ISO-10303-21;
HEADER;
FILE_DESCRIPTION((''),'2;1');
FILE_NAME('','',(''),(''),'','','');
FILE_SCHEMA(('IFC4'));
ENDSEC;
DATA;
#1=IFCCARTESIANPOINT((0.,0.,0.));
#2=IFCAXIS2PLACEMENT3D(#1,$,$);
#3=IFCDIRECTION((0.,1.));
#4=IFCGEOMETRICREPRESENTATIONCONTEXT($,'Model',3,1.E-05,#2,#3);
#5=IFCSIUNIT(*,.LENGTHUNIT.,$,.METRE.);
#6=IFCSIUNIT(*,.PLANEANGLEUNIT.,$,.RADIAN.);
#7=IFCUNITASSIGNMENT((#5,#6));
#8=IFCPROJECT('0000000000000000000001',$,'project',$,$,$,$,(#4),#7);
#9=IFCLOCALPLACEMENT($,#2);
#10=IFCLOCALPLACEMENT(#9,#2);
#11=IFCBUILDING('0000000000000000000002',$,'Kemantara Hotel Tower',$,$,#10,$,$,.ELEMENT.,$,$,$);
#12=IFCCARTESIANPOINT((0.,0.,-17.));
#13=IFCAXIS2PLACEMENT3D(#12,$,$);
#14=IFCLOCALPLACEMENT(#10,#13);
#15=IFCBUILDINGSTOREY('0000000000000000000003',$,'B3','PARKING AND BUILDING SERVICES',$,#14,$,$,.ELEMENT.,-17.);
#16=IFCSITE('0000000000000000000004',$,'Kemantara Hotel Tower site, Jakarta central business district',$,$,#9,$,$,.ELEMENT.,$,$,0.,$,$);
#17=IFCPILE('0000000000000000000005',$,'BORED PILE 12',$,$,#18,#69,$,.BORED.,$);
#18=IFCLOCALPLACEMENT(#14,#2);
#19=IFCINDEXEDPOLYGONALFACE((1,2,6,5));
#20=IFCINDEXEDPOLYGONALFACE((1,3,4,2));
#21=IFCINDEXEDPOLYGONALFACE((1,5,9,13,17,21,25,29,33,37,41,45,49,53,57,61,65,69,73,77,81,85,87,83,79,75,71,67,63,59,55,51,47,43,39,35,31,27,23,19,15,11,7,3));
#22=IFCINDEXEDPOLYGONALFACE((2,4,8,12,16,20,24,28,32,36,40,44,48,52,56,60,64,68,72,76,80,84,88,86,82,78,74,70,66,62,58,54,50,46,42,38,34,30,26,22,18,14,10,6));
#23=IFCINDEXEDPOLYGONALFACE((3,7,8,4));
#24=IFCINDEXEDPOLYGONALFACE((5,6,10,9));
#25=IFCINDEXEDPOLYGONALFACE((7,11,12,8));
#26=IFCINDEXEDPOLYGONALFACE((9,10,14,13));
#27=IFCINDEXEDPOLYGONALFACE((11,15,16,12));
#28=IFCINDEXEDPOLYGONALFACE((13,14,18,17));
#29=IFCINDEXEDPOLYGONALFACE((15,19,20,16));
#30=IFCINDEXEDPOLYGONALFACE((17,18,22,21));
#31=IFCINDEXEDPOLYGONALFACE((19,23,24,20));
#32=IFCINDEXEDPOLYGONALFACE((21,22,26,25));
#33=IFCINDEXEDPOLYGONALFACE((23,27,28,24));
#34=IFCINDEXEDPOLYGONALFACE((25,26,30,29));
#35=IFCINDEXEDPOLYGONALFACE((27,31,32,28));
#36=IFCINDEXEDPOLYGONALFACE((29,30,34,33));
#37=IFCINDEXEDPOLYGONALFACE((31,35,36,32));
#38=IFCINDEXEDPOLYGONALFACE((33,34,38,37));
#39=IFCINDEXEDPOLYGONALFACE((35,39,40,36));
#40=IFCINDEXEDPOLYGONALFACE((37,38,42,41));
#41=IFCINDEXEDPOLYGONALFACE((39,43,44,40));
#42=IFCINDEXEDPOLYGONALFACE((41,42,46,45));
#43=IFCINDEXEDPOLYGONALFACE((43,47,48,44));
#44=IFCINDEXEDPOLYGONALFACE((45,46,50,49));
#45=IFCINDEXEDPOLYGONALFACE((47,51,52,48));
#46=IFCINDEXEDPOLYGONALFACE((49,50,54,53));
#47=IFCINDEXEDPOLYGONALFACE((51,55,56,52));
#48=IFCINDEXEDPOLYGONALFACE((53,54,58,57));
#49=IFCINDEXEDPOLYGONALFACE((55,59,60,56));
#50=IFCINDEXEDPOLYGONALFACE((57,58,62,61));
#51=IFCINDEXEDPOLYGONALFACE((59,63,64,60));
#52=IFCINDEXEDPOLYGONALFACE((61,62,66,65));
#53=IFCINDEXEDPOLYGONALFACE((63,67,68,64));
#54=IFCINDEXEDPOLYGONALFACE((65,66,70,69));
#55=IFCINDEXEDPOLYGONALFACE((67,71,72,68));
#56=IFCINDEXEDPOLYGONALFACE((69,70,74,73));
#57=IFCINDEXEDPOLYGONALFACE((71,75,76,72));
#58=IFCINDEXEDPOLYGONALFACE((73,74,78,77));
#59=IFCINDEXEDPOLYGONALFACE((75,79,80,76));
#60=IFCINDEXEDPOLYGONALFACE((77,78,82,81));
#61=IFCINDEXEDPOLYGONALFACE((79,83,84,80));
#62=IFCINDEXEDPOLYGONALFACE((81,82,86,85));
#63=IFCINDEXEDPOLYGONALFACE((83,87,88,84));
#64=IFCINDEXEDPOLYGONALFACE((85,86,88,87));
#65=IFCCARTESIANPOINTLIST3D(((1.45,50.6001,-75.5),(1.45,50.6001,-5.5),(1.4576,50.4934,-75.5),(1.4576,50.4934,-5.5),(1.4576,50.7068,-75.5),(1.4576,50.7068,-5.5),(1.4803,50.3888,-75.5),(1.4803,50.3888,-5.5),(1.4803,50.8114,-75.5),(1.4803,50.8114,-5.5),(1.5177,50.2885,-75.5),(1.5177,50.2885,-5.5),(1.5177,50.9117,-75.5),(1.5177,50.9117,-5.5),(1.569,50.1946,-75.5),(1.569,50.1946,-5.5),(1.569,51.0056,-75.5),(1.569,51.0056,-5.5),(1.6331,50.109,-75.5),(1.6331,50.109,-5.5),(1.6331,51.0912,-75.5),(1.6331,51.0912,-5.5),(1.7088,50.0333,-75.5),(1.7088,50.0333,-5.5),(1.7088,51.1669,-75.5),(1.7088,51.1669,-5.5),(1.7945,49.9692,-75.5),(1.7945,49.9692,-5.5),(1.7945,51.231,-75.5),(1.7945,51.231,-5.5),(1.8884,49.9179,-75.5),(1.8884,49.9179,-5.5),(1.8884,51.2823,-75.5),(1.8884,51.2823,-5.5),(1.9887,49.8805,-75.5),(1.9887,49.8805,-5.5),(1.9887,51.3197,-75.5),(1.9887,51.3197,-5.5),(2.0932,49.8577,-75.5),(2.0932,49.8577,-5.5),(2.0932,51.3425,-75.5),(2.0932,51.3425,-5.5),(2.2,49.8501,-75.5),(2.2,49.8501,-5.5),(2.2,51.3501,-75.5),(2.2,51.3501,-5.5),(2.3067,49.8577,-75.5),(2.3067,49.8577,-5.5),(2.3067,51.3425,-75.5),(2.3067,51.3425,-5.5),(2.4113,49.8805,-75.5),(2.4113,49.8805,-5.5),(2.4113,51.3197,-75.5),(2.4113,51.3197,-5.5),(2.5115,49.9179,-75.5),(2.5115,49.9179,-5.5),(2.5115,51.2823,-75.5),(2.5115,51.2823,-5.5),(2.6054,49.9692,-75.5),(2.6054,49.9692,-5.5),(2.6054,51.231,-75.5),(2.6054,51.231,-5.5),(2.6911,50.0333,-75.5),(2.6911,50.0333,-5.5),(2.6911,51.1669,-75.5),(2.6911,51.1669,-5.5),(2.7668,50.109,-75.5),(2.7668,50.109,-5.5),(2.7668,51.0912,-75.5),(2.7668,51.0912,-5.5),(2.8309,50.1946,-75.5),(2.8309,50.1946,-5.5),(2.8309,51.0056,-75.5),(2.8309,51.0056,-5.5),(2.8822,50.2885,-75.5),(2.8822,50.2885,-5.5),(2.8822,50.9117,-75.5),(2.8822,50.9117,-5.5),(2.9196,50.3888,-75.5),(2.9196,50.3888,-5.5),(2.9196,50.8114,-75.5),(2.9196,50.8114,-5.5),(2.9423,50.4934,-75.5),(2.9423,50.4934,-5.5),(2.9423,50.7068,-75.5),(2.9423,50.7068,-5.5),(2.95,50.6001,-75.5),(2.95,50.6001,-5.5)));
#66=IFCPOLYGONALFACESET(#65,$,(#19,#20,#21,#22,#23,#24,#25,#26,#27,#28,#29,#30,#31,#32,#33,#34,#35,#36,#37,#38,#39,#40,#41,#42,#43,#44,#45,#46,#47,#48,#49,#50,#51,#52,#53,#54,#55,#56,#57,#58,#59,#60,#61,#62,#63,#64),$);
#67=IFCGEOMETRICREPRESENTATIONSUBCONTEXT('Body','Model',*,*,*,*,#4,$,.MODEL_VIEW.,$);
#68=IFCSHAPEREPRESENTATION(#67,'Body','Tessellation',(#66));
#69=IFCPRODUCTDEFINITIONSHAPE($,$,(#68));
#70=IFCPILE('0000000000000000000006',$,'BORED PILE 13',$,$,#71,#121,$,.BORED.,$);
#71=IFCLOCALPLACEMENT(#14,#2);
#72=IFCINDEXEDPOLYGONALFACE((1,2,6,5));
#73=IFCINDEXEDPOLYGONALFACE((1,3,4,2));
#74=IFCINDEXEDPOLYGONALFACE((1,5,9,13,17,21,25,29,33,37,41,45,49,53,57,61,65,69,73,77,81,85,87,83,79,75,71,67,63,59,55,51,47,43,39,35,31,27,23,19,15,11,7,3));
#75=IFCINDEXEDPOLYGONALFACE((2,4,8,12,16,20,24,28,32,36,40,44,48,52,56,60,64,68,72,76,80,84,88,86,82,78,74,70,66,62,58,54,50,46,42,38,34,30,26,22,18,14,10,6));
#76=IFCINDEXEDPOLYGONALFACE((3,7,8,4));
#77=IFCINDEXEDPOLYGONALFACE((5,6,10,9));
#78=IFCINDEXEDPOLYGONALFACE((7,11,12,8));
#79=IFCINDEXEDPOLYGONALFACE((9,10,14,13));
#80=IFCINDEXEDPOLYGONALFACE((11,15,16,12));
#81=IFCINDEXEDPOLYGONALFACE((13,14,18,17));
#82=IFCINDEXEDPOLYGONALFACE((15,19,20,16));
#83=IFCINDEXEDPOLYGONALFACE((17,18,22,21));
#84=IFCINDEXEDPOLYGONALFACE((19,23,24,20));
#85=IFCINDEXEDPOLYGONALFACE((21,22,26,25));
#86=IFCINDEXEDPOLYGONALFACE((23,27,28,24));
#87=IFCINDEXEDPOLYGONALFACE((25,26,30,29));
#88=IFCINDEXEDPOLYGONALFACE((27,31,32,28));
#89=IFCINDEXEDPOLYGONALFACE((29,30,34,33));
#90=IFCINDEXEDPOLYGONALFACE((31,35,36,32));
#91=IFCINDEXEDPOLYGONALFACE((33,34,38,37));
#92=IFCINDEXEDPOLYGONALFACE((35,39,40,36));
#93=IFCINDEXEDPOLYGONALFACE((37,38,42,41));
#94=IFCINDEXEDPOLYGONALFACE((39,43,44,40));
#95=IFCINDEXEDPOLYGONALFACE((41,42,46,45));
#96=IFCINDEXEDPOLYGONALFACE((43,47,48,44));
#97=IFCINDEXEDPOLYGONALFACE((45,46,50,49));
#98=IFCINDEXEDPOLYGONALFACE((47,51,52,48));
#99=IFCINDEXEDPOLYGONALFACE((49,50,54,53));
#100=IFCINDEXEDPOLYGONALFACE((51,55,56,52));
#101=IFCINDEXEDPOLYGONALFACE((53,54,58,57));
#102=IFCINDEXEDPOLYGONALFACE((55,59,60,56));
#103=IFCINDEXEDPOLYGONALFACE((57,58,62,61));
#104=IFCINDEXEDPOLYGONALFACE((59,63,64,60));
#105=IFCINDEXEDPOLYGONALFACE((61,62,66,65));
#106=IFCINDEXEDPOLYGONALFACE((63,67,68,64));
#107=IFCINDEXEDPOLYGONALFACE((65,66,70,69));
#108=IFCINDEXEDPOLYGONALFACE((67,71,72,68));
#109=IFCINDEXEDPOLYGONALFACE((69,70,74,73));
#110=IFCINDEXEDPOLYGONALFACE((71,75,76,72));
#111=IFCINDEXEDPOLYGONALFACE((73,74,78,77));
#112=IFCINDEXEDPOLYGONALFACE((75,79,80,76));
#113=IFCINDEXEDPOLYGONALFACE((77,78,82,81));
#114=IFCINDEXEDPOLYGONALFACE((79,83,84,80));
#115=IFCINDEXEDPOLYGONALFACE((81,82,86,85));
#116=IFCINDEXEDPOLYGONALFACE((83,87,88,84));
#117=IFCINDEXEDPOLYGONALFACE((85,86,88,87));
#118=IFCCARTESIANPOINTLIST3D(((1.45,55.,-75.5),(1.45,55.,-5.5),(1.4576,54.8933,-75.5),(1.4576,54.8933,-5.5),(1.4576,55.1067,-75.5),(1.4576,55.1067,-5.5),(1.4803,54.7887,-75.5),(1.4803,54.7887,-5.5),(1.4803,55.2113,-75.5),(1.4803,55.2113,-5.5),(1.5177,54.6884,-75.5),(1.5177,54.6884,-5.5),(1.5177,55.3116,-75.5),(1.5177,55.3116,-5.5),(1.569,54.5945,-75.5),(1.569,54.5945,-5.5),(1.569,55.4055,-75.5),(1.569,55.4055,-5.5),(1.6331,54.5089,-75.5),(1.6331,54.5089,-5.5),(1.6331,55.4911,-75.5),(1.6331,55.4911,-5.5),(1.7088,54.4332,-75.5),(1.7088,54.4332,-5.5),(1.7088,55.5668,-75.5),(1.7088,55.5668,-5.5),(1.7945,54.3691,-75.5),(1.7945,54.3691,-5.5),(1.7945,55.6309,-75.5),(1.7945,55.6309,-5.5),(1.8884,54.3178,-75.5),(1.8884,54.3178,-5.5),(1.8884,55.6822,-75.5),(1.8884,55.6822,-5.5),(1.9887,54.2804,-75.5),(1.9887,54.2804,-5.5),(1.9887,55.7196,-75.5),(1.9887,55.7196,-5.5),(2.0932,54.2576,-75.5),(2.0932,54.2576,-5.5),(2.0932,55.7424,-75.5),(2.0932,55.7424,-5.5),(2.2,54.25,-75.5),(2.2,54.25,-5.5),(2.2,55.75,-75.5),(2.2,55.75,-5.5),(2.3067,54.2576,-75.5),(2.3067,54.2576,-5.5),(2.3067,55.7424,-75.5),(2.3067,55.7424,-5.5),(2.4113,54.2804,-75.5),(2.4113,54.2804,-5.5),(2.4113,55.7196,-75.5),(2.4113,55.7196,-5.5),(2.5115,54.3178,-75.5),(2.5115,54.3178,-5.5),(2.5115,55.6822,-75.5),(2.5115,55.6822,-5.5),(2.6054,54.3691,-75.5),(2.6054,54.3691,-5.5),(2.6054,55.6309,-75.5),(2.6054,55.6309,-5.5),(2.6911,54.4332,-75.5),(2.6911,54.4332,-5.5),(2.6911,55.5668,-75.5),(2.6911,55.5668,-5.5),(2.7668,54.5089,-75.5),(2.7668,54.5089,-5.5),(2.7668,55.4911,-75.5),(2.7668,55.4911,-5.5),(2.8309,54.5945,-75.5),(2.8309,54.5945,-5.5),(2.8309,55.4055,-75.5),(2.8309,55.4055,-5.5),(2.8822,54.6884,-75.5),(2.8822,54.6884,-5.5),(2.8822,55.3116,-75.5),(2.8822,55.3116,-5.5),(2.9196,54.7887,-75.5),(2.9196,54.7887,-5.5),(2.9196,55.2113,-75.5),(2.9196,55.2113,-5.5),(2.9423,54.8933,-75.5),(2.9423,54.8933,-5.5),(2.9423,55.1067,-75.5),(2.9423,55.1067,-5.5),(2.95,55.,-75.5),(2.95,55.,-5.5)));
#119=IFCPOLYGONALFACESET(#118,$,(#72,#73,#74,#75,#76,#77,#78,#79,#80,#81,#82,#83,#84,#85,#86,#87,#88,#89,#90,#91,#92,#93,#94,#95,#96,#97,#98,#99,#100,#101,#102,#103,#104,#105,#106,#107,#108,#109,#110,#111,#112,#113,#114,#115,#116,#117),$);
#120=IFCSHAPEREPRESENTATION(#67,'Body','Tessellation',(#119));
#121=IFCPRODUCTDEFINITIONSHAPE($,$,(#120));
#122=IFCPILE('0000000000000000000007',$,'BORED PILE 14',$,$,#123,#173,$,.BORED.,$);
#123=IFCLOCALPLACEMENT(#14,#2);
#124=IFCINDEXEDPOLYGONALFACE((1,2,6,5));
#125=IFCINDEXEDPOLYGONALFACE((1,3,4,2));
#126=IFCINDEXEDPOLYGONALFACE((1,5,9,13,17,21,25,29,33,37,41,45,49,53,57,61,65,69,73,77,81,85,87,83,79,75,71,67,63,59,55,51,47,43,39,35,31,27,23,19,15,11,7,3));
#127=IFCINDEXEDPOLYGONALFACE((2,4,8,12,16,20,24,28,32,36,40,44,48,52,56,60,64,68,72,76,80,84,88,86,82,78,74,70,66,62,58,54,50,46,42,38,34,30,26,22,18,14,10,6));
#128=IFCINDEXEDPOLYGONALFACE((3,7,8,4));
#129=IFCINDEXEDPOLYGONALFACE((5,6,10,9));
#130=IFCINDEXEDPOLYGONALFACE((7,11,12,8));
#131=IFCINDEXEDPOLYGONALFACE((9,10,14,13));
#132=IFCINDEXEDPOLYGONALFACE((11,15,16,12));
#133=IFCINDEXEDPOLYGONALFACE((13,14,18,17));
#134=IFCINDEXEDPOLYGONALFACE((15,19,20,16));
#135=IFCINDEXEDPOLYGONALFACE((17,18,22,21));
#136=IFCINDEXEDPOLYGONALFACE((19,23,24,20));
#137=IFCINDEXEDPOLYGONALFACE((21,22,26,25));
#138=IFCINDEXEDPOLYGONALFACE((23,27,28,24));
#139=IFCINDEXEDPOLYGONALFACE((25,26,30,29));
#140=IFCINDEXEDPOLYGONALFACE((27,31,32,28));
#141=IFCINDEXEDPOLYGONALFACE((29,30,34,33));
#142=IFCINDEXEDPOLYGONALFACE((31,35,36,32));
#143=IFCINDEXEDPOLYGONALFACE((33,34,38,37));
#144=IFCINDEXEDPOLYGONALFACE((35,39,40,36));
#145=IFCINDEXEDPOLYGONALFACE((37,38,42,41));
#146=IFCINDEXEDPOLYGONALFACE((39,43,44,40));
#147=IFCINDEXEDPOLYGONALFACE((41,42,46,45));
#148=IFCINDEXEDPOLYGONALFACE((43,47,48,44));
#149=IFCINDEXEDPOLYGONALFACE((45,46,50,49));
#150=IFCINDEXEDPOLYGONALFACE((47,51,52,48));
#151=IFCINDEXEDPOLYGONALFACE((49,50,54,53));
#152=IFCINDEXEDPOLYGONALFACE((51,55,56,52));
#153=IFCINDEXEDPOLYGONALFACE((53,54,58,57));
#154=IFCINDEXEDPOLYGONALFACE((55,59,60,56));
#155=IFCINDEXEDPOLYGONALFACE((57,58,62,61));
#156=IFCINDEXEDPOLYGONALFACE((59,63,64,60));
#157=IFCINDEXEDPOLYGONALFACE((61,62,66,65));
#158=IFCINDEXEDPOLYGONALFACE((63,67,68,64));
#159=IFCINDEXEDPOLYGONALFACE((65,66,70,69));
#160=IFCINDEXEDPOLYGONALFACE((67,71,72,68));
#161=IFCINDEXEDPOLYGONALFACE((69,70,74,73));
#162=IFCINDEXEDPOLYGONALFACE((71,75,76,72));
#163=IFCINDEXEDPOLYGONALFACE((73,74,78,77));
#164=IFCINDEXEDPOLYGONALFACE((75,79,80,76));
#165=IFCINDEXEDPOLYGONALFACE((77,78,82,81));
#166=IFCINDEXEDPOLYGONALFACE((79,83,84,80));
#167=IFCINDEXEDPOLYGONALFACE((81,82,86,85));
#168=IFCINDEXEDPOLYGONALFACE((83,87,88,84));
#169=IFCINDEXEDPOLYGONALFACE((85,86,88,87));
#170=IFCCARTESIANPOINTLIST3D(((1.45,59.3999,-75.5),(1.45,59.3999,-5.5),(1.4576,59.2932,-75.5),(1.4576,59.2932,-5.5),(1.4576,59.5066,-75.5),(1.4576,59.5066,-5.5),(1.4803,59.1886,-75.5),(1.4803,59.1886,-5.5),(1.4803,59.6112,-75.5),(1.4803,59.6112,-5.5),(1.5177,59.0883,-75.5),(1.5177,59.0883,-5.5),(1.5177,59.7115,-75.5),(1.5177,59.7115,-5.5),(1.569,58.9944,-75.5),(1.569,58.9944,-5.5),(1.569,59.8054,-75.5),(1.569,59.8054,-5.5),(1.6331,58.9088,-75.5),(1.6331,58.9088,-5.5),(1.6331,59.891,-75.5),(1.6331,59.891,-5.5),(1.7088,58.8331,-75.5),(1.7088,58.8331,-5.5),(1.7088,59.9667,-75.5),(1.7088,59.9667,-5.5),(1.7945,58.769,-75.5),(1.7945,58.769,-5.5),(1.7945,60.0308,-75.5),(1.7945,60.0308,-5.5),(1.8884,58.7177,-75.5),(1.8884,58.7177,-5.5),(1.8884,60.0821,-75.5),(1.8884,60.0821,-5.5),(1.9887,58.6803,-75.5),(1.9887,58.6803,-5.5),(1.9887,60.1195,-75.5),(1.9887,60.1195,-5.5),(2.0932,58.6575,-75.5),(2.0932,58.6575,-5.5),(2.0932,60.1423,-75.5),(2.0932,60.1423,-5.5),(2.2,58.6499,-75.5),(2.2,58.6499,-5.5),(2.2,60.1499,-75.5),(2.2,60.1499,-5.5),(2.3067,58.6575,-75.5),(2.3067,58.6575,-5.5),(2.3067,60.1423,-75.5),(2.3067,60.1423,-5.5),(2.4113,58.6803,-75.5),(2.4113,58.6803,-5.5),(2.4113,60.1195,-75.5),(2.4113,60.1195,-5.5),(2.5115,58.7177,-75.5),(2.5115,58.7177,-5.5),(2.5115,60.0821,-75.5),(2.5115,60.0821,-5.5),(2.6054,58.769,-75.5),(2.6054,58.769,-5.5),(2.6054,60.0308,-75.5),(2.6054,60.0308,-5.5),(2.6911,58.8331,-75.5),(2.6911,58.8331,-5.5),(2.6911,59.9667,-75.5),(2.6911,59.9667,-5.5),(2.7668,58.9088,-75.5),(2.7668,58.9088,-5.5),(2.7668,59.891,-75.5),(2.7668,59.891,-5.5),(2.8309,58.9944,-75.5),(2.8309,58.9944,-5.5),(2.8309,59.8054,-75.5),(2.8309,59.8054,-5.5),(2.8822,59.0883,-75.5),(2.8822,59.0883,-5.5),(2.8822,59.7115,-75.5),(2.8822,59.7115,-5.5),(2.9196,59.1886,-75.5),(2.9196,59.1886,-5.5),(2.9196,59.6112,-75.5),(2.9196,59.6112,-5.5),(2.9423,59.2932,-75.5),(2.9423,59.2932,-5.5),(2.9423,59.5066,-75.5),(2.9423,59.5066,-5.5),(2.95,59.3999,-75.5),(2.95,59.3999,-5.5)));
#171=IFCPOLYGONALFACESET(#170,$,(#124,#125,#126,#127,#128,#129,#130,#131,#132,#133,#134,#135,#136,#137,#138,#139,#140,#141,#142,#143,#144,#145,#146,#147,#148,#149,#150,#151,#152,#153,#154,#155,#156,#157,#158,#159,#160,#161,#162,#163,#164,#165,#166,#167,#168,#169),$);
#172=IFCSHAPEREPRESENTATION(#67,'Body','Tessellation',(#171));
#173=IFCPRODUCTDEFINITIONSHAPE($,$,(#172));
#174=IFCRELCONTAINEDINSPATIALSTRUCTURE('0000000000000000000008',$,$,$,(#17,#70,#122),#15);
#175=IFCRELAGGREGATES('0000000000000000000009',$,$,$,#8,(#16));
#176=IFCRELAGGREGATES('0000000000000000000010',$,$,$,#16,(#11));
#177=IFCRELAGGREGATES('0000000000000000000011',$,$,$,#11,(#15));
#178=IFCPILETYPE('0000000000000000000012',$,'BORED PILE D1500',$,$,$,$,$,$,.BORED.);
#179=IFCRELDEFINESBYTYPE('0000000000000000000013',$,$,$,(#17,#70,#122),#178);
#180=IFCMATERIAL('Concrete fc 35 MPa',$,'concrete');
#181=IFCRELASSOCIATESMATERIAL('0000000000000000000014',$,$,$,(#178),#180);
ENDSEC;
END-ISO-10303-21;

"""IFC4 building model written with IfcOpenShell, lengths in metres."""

from ifc_helpers import new_model, si_unit, direction, frame, origin, origin_2d, place, context, subcontext, project, spatial, circle, extrude, material, material_profile, profile_set, type_object, element, save


model = new_model("IFC4")

# Units and contexts
model_context = context("Model", 3, precision=1e-05, world=origin(), true_north=direction((0.0, 1.0)))
body_context = subcontext(model_context, "Body", "Model", "MODEL_VIEW")
ifc_project = project(units=[si_unit("LENGTHUNIT", "METRE"), si_unit("PLANEANGLEUNIT", "RADIAN")], contexts=[model_context])

# Site, building, storey
site_placement = place(None, origin())
site = spatial("IfcSite", under=ifc_project, at=site_placement, Name="Kemantara Hotel Tower site, Jakarta central business district", CompositionType="ELEMENT", RefElevation=0.0)
building_placement = place(site_placement, origin())
building = spatial("IfcBuilding", under=site, at=building_placement, Name="Kemantara Hotel Tower", CompositionType="ELEMENT")
storey_placement = place(building_placement, frame((0.0, 0.0, -17.0)))
storey = spatial("IfcBuildingStorey", under=building, at=storey_placement, Name="B3", Description="PARKING AND BUILDING SERVICES", CompositionType="ELEMENT", Elevation=-17.0)

# Piles
ifc_material_1 = material(Name="Concrete fc 35 MPa", Category="concrete")
ifc_material_profile_1 = material_profile(ifc_material_1, circle(Radius=0.75, at=origin_2d()), Name="BORED PILE D1500")
ifc_profile_set_1 = profile_set([ifc_material_profile_1], Name="Concrete fc 35 MPa")
pile_type = type_object("IfcPileType", Name="BORED PILE D1500", PredefinedType="BORED", material=ifc_profile_set_1)
for number, where, z_axis, x_axis, name in (
    (1, (2.2, 50.6001, -5.5), (0.0, 0.0, -1.0), (1.0, 0.0, 0.0), "BORED PILE 12"),
    (2, (2.2, 55.0, -5.5), (0.0, 0.0, -1.0), (1.0, 0.0, 0.0), "BORED PILE 13"),
    (3, (2.2, 59.3999, -5.5), (0.0, 0.0, -1.0), (1.0, 0.0, 0.0), "BORED PILE 14"),
):
    element("IfcPile", number, at=place(storey_placement, frame(where, z_axis=z_axis, x_axis=x_axis)), inside=storey, type_object=pile_type, Name=name, PredefinedType="BORED", context=body_context, shape_type="SweptSolid", body=[
        extrude(circle(Radius=0.75, at=origin_2d()), origin(), (0.0, 0.0, 1.0), 70.0),
    ])

save(model, "model.ifc")
